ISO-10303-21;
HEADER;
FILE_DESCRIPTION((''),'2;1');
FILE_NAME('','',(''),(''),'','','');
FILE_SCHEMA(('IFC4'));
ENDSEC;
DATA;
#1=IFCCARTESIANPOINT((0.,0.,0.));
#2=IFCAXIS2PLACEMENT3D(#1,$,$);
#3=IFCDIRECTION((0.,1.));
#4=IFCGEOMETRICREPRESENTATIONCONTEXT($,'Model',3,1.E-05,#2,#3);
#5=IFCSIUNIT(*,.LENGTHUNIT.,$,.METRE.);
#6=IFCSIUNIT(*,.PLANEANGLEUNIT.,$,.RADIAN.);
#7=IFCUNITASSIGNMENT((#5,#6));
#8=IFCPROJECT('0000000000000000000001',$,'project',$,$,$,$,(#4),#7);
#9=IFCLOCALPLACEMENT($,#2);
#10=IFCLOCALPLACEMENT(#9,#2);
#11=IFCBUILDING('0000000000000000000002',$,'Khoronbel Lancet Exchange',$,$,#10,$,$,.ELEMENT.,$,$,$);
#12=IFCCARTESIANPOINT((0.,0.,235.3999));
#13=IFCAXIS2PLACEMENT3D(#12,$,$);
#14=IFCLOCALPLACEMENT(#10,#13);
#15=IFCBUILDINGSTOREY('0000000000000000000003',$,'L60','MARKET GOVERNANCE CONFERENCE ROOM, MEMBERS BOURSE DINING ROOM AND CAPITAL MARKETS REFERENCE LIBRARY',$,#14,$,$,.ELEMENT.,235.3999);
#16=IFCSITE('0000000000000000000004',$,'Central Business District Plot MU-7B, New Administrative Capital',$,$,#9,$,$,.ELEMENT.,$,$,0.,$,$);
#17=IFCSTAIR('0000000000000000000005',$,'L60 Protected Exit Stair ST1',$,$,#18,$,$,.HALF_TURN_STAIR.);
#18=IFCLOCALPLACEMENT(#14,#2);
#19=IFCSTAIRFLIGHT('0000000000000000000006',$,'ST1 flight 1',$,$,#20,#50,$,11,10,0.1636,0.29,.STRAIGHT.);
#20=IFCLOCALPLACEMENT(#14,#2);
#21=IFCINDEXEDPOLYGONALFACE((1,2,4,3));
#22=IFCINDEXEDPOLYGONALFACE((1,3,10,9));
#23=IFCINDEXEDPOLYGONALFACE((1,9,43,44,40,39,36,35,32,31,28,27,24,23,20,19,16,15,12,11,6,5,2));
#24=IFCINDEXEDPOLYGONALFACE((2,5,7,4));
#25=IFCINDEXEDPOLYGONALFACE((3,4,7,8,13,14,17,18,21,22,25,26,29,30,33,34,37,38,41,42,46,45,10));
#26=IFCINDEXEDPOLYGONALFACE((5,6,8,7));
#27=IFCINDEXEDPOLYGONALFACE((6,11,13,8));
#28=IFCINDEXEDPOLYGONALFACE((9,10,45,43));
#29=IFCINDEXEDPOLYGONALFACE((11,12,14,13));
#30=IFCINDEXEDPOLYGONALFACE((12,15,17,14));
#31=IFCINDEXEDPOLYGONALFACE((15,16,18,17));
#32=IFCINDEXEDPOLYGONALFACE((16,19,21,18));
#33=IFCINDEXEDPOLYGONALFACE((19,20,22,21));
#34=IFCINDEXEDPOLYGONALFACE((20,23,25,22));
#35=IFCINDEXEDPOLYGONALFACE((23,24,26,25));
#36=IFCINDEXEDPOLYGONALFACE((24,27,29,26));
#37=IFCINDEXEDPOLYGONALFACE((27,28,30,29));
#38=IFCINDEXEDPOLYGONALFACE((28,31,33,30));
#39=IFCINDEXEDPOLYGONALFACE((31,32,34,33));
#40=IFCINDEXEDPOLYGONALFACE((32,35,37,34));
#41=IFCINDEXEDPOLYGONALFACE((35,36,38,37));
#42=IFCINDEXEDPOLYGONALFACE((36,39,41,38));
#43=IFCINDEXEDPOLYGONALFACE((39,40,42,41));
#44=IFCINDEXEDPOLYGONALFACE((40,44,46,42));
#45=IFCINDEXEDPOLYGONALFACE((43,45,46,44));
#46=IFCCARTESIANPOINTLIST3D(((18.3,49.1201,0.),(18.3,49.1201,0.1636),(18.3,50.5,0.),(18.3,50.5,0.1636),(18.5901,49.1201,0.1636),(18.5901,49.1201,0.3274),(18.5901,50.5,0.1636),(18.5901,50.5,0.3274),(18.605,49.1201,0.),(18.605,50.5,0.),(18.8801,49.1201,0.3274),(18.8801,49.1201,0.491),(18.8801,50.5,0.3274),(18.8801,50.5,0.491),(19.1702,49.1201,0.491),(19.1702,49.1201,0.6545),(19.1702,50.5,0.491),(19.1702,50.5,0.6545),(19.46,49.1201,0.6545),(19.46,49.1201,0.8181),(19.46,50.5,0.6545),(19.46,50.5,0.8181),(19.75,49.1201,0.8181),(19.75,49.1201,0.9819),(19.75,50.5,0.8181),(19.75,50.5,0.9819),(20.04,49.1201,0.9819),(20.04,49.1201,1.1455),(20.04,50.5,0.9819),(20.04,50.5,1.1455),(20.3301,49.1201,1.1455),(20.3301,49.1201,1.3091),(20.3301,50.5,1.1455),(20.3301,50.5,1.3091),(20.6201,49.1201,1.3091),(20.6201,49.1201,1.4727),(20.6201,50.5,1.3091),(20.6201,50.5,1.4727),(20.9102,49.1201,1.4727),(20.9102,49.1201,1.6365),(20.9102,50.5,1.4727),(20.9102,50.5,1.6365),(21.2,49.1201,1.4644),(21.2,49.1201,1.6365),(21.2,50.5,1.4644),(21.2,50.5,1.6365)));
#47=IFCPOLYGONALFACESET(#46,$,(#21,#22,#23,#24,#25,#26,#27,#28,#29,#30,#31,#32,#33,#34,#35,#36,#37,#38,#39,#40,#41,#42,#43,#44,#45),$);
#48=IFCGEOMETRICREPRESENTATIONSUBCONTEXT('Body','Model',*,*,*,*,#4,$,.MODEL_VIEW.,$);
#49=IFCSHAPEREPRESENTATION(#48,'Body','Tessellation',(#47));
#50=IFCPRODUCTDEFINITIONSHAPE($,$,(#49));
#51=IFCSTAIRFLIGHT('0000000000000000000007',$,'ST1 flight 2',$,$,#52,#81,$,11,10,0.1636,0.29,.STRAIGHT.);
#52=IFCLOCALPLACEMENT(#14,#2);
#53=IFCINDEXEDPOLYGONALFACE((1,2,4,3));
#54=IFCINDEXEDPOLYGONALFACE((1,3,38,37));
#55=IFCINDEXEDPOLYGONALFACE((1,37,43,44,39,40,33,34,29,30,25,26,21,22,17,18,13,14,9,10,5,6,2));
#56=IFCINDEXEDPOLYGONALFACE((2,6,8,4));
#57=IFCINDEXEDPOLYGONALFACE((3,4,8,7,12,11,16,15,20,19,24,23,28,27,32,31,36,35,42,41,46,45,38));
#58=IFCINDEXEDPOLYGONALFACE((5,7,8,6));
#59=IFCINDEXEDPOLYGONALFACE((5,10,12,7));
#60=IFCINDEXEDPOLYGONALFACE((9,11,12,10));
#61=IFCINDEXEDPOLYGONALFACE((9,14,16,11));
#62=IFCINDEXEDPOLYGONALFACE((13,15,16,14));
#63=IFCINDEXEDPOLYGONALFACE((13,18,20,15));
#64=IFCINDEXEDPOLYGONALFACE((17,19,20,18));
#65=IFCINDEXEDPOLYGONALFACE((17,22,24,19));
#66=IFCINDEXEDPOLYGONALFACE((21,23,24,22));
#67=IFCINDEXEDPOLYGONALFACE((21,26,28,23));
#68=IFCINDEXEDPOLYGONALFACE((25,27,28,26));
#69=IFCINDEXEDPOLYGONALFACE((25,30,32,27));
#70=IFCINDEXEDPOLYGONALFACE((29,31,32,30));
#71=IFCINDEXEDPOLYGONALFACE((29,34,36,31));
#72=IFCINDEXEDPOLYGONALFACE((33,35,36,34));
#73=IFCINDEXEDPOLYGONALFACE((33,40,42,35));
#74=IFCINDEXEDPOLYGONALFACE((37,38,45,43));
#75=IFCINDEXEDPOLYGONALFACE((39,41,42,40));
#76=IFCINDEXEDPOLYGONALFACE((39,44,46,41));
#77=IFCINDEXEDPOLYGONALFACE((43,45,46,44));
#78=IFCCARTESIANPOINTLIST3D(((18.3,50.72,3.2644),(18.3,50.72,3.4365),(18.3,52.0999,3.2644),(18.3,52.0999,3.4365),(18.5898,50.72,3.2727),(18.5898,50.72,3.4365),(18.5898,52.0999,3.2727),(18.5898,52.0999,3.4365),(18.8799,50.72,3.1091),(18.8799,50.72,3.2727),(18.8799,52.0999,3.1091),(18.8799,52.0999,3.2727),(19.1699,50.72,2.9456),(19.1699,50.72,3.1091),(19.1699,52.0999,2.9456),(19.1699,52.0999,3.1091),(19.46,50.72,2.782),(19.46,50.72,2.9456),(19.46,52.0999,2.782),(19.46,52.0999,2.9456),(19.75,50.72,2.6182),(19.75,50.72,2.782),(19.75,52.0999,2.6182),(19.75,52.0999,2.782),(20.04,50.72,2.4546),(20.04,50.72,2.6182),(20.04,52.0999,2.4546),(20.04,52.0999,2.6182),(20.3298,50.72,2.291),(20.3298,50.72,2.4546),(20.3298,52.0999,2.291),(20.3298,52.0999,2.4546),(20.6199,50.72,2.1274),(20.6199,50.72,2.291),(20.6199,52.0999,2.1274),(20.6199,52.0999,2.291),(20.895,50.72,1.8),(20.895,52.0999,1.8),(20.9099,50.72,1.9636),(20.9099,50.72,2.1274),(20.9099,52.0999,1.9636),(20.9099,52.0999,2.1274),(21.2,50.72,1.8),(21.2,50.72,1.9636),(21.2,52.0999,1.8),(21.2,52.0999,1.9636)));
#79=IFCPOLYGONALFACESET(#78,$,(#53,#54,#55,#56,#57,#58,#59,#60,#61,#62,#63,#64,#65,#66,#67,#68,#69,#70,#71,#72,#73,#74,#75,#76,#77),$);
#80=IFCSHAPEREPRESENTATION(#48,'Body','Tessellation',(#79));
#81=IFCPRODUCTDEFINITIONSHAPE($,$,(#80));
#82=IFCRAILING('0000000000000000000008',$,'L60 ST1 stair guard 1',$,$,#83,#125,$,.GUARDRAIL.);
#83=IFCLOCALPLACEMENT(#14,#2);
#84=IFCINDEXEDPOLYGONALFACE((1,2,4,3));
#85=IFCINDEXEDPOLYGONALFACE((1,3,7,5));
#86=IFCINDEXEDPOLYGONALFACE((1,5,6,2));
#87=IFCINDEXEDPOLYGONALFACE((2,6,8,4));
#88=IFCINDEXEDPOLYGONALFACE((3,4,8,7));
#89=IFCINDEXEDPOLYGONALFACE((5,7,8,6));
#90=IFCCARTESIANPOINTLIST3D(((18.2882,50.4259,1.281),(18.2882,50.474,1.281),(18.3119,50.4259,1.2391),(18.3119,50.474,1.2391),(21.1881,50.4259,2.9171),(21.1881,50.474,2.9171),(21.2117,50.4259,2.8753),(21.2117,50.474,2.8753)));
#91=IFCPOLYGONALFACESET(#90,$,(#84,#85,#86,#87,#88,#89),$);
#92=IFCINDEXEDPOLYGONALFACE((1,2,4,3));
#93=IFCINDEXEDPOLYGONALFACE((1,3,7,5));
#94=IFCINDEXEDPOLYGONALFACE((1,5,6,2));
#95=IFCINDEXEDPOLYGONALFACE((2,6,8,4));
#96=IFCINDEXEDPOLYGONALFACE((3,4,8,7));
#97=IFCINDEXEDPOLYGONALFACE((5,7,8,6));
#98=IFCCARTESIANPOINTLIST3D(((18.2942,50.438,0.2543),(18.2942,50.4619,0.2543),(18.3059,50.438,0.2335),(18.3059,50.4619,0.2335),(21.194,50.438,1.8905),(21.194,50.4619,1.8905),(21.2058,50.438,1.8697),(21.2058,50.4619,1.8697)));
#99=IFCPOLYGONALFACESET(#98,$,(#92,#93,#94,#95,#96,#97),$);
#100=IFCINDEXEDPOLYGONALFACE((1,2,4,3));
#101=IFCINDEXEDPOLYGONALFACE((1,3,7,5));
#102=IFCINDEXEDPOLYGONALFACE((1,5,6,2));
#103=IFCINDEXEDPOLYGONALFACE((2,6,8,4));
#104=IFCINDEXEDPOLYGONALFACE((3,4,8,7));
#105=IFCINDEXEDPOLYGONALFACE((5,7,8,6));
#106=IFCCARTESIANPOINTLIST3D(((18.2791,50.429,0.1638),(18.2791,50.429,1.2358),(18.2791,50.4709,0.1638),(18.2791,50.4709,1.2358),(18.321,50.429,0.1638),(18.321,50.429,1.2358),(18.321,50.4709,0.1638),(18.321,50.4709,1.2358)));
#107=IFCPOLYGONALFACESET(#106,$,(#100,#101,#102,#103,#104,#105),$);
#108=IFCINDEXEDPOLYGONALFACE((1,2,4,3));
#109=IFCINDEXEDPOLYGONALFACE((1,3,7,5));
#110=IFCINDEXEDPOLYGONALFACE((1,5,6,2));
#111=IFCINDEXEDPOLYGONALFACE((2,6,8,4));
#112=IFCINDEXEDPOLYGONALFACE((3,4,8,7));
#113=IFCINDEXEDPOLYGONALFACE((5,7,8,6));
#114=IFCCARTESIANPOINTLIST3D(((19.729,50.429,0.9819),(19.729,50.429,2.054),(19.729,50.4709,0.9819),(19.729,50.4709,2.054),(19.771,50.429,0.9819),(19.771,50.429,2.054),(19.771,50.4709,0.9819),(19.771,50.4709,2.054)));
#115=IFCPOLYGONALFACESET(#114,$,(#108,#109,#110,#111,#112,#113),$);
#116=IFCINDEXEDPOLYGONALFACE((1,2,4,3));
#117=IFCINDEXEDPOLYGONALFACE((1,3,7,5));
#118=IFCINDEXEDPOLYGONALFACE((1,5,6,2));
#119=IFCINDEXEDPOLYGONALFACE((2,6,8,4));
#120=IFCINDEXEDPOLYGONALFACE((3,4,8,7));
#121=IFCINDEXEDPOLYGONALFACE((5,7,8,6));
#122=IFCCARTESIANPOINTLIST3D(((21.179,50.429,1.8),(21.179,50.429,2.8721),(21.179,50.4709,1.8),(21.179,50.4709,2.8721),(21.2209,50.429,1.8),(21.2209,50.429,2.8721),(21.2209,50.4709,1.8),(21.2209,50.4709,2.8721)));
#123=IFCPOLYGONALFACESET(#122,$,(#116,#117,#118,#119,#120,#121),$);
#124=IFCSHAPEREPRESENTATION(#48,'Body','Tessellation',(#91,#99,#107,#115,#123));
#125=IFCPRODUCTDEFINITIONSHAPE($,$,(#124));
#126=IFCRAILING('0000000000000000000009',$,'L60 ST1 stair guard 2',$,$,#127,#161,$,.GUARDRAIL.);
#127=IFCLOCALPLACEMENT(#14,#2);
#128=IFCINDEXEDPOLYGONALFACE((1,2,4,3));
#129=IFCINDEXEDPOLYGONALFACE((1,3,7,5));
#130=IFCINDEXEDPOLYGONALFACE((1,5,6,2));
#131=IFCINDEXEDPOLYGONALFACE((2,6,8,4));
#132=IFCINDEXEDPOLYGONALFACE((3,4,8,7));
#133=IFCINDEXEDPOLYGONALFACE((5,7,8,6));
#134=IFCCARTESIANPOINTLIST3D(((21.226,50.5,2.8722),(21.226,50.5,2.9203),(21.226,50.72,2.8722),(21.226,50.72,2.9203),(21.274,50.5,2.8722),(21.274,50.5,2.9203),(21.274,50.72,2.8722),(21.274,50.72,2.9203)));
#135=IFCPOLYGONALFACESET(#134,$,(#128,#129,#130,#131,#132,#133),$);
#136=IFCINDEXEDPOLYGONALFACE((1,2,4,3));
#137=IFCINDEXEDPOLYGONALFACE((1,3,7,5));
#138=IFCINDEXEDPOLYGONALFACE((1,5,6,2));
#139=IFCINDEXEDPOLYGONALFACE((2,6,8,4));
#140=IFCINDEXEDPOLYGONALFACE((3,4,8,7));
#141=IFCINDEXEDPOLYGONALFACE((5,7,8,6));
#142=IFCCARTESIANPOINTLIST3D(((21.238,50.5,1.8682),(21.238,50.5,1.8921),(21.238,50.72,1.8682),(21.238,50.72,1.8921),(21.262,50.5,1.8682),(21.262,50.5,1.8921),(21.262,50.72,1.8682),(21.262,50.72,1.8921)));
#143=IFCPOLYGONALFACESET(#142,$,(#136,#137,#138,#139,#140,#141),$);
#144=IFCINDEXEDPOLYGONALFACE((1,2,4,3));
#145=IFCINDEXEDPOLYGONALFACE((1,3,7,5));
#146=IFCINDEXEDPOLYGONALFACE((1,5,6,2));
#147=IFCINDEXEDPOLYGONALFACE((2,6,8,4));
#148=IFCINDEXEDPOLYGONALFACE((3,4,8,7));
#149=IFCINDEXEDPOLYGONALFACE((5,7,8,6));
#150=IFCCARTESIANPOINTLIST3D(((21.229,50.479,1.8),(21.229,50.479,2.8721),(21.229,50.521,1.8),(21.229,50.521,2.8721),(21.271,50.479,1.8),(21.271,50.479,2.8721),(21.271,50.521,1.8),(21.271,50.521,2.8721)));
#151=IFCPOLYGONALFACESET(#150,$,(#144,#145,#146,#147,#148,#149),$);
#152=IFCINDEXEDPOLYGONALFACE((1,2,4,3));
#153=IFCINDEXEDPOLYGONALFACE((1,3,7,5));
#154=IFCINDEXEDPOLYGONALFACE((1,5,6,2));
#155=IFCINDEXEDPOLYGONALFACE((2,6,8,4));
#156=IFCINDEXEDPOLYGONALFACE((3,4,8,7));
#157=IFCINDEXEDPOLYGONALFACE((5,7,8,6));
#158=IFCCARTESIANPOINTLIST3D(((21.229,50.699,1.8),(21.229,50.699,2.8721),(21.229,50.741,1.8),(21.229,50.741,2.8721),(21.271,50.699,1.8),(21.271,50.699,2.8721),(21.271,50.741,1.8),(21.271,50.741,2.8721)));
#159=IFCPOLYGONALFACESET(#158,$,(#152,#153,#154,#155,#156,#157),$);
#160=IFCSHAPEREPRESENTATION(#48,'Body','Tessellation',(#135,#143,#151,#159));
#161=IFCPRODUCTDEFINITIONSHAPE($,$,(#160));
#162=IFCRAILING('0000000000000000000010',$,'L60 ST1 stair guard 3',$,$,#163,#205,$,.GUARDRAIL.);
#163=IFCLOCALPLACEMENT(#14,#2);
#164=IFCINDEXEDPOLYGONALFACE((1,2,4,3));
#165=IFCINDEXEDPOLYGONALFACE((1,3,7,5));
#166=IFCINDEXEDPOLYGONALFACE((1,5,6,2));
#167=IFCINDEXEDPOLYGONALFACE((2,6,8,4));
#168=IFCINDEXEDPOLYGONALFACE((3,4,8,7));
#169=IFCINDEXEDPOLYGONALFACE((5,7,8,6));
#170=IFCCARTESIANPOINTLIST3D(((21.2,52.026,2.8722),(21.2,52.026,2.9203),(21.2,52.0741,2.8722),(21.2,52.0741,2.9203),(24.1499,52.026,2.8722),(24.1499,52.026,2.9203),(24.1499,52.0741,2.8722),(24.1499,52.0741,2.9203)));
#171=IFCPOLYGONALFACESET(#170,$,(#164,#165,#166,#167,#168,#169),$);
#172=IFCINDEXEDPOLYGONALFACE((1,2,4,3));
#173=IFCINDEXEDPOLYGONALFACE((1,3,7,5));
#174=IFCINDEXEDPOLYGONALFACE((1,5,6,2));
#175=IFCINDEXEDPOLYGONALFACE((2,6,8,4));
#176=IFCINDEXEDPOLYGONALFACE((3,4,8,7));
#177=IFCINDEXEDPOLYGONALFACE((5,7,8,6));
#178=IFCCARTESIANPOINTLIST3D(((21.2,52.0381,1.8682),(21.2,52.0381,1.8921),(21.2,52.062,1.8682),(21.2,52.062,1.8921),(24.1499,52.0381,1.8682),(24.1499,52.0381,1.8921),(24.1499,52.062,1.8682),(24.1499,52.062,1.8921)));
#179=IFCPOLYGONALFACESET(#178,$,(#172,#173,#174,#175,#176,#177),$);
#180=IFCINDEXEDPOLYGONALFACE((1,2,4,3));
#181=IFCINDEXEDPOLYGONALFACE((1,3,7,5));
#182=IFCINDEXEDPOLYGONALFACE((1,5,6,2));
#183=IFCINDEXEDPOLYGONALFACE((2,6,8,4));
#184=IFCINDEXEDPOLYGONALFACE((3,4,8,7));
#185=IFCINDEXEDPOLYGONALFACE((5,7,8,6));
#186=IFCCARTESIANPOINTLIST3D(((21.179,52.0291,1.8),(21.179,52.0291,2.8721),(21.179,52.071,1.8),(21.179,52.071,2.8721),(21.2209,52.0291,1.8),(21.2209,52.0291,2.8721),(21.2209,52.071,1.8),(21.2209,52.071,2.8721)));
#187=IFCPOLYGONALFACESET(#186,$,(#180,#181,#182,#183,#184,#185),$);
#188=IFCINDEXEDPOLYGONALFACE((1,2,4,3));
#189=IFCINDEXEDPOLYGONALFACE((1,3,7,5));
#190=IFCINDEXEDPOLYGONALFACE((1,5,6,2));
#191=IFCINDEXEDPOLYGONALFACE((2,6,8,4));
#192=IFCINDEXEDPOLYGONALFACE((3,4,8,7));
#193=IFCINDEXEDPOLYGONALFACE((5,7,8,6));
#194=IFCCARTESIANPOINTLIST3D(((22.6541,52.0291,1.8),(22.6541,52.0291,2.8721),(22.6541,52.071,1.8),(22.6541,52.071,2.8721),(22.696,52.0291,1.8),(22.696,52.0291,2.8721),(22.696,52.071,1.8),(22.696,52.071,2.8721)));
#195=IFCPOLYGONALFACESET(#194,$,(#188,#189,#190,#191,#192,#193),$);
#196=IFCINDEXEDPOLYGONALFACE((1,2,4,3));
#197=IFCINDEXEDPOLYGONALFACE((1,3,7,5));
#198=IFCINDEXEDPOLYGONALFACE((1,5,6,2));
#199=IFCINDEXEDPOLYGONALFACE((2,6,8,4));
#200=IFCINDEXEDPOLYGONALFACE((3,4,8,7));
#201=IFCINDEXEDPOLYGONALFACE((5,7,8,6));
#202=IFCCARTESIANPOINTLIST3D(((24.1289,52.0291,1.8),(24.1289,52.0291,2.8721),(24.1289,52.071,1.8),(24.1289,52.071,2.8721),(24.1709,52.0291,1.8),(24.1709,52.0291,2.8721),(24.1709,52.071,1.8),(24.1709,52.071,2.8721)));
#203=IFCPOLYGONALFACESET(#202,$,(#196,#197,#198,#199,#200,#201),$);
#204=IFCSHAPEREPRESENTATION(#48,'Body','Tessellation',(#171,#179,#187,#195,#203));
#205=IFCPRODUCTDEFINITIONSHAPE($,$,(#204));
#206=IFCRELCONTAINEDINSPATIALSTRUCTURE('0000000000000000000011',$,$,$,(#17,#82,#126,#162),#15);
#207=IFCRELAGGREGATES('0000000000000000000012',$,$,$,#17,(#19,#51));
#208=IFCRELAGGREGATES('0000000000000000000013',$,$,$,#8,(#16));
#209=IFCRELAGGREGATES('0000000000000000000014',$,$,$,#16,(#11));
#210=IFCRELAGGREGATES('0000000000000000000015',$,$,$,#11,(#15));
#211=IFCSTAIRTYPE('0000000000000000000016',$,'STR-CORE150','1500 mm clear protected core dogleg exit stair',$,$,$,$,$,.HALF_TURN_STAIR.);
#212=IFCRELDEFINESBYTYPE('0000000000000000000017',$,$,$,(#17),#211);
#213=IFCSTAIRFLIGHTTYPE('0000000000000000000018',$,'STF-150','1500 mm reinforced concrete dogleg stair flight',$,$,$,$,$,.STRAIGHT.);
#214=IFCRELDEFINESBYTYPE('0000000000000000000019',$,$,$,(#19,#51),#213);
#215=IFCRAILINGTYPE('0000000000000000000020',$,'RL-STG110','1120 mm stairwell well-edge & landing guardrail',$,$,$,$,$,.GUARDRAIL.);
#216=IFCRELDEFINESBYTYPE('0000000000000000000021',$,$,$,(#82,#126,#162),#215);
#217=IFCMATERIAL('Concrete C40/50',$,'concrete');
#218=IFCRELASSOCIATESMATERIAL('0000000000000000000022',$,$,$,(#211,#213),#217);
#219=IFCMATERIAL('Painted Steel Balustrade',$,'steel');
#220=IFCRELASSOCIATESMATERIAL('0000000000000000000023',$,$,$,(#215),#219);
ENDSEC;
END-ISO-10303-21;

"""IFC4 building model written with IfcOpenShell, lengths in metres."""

from ifc_helpers import new_model, si_unit, direction, frame, origin, origin_2d, place, context, subcontext, project, spatial, polyline, rectangle, outline, extrude, material, type_object, element, aggregate, save


model = new_model("IFC4")

# Units and contexts
model_context = context("Model", 3, precision=1e-05, world=origin(), true_north=direction((0.0, 1.0)))
body_context = subcontext(model_context, "Body", "Model", "MODEL_VIEW")
ifc_project = project(units=[si_unit("LENGTHUNIT", "METRE"), si_unit("PLANEANGLEUNIT", "RADIAN")], contexts=[model_context])

# Site, building, storey
site_placement = place(None, origin())
site = spatial("IfcSite", under=ifc_project, at=site_placement, Name="Central Business District Plot MU-7B, New Administrative Capital", CompositionType="ELEMENT", RefElevation=0.0)
building_placement = place(site_placement, origin())
building = spatial("IfcBuilding", under=site, at=building_placement, Name="Khoronbel Lancet Exchange", CompositionType="ELEMENT")
storey_placement = place(building_placement, frame((0.0, 0.0, 235.3999)))
storey = spatial("IfcBuildingStorey", under=building, at=storey_placement, Name="L60", Description="MARKET GOVERNANCE CONFERENCE ROOM, MEMBERS BOURSE DINING ROOM AND CAPITAL MARKETS REFERENCE LIBRARY", CompositionType="ELEMENT", Elevation=235.3999)

# Stair, stair flights
ifc_material_1 = material(Name="Concrete C40/50", Category="concrete")
stair_type = type_object("IfcStairType", Name="STR-CORE150", Description="1500 mm clear protected core dogleg exit stair", PredefinedType="HALF_TURN_STAIR", material=ifc_material_1)
stair_placement = place(storey_placement, origin())
stair = element("IfcStair", 1, at=stair_placement, inside=storey, type_object=stair_type, Name="L60 Protected Exit Stair ST1", PredefinedType="HALF_TURN_STAIR")
stair_flight_type = type_object("IfcStairFlightType", Name="STF-150", Description="1500 mm reinforced concrete dogleg stair flight", PredefinedType="STRAIGHT", material=ifc_material_1)
stair_flight_1_placement = place(storey_placement, frame((18.3, 49.8101, 0.0), z_axis=(0.0, 0.0, 1.0), x_axis=(1.0, 0.0, 0.0)))
stair_flight_1 = element("IfcStairFlight", 2, at=stair_flight_1_placement, type_object=stair_flight_type, Name="ST1 flight 1", NumberOfRisers=11, NumberOfTreads=10, PredefinedType="STRAIGHT", RiserHeight=0.1636, TreadLength=0.29, context=body_context, shape_type="SweptSolid", body=[
    extrude(outline(polyline([(0.0, 0.0), (0.0, 0.1636), (0.29, 0.1636), (0.29, 0.3274), (0.5801, 0.3274), (0.5801, 0.491), (0.8701, 0.491), (0.8701, 0.6545), (1.1599, 0.6545), (1.1599, 0.8181), (1.45, 0.8181), (1.45, 0.9819), (1.74, 0.9819), (1.74, 1.1455), (2.03, 1.1455), (2.03, 1.3091), (2.3201, 1.3091), (2.3201, 1.4727), (2.6101, 1.4727), (2.6101, 1.6365), (2.8999, 1.6365), (2.8999, 1.8), (2.8999, 1.4644), (0.3049, 0.0), (0.0, 0.0)])), frame((0.0, 0.6899, 0.0), z_axis=(0.0, -1.0, 0.0), x_axis=(1.0, 0.0, 0.0)), (0.0, 0.0, 1.0), 1.3799),
])
stair_flight_2_placement = place(storey_placement, frame((21.2, 51.4099, 1.8), z_axis=(0.0, 0.0, 1.0), x_axis=(-1.0, 0.0, 0.0)))
stair_flight_2 = element("IfcStairFlight", 3, at=stair_flight_2_placement, type_object=stair_flight_type, Name="ST1 flight 2", NumberOfRisers=11, NumberOfTreads=10, PredefinedType="STRAIGHT", RiserHeight=0.1636, TreadLength=0.29, context=body_context, shape_type="SweptSolid", body=[
    extrude(outline(polyline([(0.0, 0.0), (0.0, 0.1636), (0.29, 0.1636), (0.29, 0.3274), (0.5801, 0.3274), (0.5801, 0.491), (0.8701, 0.491), (0.8701, 0.6545), (1.1599, 0.6545), (1.1599, 0.8181), (1.45, 0.8181), (1.45, 0.9819), (1.74, 0.9819), (1.74, 1.1455), (2.03, 1.1455), (2.03, 1.3091), (2.3201, 1.3091), (2.3201, 1.4727), (2.6101, 1.4727), (2.6101, 1.6365), (2.8999, 1.6365), (2.8999, 1.8), (2.8999, 1.4644), (0.3049, 0.0), (0.0, 0.0)])), frame((0.0, 0.6899, 0.0), z_axis=(0.0, -1.0, 0.0), x_axis=(1.0, 0.0, 0.0)), (0.0, 0.0, 1.0), 1.3799),
])
aggregate(stair, [stair_flight_1, stair_flight_2])

# Railings
ifc_material_2 = material(Name="Painted Steel Balustrade", Category="steel")
railing_type_1 = type_object("IfcRailingType", Name="RL-STG110", Description="1120 mm stairwell well-edge & landing guardrail", PredefinedType="GUARDRAIL", material=ifc_material_2)
railing_1_placement = place(storey_placement, frame((18.3, 50.45, 0.1638)))
element("IfcRailing", 4, at=railing_1_placement, inside=storey, type_object=railing_type_1, Name="L60 ST1 stair guard 1", PredefinedType="GUARDRAIL", context=body_context, shape_type="SweptSolid", body=[
    extrude(rectangle(XDim=0.0481, YDim=0.0481, at=origin_2d()), frame((0.0, 0.0, 1.0962), z_axis=(0.870929, 0.0, 0.49141), x_axis=(0.0, 1.0, 0.0)), (0.0, 0.0, 1.0), 3.3296),
    extrude(rectangle(XDim=0.0239, YDim=0.0239, at=origin_2d()), frame((0.0, 0.0, 0.0801), z_axis=(0.870929, 0.0, 0.49141), x_axis=(0.0, 1.0, 0.0)), (0.0, 0.0, 1.0), 3.3296),
    extrude(rectangle(XDim=0.042, YDim=0.042, at=origin_2d()), origin(), (0.0, 0.0, 1.0), 1.072),
    extrude(rectangle(XDim=0.042, YDim=0.042, at=origin_2d()), frame((1.45, 0.0, 0.8181)), (0.0, 0.0, 1.0), 1.072),
    extrude(rectangle(XDim=0.042, YDim=0.042, at=origin_2d()), frame((2.8999, 0.0, 1.6362)), (0.0, 0.0, 1.0), 1.072),
])
railing_2_placement = place(storey_placement, frame((21.25, 50.5, 1.8)))
element("IfcRailing", 5, at=railing_2_placement, inside=storey, type_object=railing_type_1, Name="L60 ST1 stair guard 2", PredefinedType="GUARDRAIL", context=body_context, shape_type="SweptSolid", body=[
    extrude(rectangle(XDim=0.0481, YDim=0.0481, at=origin_2d()), frame((0.0, 0.0, 1.0962), z_axis=(0.0, 1.0, 0.0), x_axis=(-1.0, 0.0, 0.0)), (0.0, 0.0, 1.0), 0.22),
    extrude(rectangle(XDim=0.0239, YDim=0.0239, at=origin_2d()), frame((0.0, 0.0, 0.0801), z_axis=(0.0, 1.0, 0.0), x_axis=(-1.0, 0.0, 0.0)), (0.0, 0.0, 1.0), 0.22),
    extrude(rectangle(XDim=0.042, YDim=0.042, at=origin_2d()), origin(), (0.0, 0.0, 1.0), 1.072),
    extrude(rectangle(XDim=0.042, YDim=0.042, at=origin_2d()), frame((0.0, 0.22, 0.0)), (0.0, 0.0, 1.0), 1.072),
])
railing_3_placement = place(storey_placement, frame((21.2, 52.05, 1.8)))
element("IfcRailing", 6, at=railing_3_placement, inside=storey, type_object=railing_type_1, Name="L60 ST1 stair guard 3", PredefinedType="GUARDRAIL", context=body_context, shape_type="SweptSolid", body=[
    extrude(rectangle(XDim=0.0481, YDim=0.0481, at=origin_2d()), frame((0.0, 0.0, 1.0962), z_axis=(1.0, 0.0, 0.0), x_axis=(0.0, 1.0, 0.0)), (0.0, 0.0, 1.0), 2.95),
    extrude(rectangle(XDim=0.0239, YDim=0.0239, at=origin_2d()), frame((0.0, 0.0, 0.0801), z_axis=(1.0, 0.0, 0.0), x_axis=(0.0, 1.0, 0.0)), (0.0, 0.0, 1.0), 2.95),
    extrude(rectangle(XDim=0.042, YDim=0.042, at=origin_2d()), origin(), (0.0, 0.0, 1.0), 1.072),
    extrude(rectangle(XDim=0.042, YDim=0.042, at=origin_2d()), frame((1.4751, 0.0, 0.0)), (0.0, 0.0, 1.0), 1.072),
    extrude(rectangle(XDim=0.042, YDim=0.042, at=origin_2d()), frame((2.95, 0.0, 0.0)), (0.0, 0.0, 1.0), 1.072),
])

save(model, "model.ifc")
